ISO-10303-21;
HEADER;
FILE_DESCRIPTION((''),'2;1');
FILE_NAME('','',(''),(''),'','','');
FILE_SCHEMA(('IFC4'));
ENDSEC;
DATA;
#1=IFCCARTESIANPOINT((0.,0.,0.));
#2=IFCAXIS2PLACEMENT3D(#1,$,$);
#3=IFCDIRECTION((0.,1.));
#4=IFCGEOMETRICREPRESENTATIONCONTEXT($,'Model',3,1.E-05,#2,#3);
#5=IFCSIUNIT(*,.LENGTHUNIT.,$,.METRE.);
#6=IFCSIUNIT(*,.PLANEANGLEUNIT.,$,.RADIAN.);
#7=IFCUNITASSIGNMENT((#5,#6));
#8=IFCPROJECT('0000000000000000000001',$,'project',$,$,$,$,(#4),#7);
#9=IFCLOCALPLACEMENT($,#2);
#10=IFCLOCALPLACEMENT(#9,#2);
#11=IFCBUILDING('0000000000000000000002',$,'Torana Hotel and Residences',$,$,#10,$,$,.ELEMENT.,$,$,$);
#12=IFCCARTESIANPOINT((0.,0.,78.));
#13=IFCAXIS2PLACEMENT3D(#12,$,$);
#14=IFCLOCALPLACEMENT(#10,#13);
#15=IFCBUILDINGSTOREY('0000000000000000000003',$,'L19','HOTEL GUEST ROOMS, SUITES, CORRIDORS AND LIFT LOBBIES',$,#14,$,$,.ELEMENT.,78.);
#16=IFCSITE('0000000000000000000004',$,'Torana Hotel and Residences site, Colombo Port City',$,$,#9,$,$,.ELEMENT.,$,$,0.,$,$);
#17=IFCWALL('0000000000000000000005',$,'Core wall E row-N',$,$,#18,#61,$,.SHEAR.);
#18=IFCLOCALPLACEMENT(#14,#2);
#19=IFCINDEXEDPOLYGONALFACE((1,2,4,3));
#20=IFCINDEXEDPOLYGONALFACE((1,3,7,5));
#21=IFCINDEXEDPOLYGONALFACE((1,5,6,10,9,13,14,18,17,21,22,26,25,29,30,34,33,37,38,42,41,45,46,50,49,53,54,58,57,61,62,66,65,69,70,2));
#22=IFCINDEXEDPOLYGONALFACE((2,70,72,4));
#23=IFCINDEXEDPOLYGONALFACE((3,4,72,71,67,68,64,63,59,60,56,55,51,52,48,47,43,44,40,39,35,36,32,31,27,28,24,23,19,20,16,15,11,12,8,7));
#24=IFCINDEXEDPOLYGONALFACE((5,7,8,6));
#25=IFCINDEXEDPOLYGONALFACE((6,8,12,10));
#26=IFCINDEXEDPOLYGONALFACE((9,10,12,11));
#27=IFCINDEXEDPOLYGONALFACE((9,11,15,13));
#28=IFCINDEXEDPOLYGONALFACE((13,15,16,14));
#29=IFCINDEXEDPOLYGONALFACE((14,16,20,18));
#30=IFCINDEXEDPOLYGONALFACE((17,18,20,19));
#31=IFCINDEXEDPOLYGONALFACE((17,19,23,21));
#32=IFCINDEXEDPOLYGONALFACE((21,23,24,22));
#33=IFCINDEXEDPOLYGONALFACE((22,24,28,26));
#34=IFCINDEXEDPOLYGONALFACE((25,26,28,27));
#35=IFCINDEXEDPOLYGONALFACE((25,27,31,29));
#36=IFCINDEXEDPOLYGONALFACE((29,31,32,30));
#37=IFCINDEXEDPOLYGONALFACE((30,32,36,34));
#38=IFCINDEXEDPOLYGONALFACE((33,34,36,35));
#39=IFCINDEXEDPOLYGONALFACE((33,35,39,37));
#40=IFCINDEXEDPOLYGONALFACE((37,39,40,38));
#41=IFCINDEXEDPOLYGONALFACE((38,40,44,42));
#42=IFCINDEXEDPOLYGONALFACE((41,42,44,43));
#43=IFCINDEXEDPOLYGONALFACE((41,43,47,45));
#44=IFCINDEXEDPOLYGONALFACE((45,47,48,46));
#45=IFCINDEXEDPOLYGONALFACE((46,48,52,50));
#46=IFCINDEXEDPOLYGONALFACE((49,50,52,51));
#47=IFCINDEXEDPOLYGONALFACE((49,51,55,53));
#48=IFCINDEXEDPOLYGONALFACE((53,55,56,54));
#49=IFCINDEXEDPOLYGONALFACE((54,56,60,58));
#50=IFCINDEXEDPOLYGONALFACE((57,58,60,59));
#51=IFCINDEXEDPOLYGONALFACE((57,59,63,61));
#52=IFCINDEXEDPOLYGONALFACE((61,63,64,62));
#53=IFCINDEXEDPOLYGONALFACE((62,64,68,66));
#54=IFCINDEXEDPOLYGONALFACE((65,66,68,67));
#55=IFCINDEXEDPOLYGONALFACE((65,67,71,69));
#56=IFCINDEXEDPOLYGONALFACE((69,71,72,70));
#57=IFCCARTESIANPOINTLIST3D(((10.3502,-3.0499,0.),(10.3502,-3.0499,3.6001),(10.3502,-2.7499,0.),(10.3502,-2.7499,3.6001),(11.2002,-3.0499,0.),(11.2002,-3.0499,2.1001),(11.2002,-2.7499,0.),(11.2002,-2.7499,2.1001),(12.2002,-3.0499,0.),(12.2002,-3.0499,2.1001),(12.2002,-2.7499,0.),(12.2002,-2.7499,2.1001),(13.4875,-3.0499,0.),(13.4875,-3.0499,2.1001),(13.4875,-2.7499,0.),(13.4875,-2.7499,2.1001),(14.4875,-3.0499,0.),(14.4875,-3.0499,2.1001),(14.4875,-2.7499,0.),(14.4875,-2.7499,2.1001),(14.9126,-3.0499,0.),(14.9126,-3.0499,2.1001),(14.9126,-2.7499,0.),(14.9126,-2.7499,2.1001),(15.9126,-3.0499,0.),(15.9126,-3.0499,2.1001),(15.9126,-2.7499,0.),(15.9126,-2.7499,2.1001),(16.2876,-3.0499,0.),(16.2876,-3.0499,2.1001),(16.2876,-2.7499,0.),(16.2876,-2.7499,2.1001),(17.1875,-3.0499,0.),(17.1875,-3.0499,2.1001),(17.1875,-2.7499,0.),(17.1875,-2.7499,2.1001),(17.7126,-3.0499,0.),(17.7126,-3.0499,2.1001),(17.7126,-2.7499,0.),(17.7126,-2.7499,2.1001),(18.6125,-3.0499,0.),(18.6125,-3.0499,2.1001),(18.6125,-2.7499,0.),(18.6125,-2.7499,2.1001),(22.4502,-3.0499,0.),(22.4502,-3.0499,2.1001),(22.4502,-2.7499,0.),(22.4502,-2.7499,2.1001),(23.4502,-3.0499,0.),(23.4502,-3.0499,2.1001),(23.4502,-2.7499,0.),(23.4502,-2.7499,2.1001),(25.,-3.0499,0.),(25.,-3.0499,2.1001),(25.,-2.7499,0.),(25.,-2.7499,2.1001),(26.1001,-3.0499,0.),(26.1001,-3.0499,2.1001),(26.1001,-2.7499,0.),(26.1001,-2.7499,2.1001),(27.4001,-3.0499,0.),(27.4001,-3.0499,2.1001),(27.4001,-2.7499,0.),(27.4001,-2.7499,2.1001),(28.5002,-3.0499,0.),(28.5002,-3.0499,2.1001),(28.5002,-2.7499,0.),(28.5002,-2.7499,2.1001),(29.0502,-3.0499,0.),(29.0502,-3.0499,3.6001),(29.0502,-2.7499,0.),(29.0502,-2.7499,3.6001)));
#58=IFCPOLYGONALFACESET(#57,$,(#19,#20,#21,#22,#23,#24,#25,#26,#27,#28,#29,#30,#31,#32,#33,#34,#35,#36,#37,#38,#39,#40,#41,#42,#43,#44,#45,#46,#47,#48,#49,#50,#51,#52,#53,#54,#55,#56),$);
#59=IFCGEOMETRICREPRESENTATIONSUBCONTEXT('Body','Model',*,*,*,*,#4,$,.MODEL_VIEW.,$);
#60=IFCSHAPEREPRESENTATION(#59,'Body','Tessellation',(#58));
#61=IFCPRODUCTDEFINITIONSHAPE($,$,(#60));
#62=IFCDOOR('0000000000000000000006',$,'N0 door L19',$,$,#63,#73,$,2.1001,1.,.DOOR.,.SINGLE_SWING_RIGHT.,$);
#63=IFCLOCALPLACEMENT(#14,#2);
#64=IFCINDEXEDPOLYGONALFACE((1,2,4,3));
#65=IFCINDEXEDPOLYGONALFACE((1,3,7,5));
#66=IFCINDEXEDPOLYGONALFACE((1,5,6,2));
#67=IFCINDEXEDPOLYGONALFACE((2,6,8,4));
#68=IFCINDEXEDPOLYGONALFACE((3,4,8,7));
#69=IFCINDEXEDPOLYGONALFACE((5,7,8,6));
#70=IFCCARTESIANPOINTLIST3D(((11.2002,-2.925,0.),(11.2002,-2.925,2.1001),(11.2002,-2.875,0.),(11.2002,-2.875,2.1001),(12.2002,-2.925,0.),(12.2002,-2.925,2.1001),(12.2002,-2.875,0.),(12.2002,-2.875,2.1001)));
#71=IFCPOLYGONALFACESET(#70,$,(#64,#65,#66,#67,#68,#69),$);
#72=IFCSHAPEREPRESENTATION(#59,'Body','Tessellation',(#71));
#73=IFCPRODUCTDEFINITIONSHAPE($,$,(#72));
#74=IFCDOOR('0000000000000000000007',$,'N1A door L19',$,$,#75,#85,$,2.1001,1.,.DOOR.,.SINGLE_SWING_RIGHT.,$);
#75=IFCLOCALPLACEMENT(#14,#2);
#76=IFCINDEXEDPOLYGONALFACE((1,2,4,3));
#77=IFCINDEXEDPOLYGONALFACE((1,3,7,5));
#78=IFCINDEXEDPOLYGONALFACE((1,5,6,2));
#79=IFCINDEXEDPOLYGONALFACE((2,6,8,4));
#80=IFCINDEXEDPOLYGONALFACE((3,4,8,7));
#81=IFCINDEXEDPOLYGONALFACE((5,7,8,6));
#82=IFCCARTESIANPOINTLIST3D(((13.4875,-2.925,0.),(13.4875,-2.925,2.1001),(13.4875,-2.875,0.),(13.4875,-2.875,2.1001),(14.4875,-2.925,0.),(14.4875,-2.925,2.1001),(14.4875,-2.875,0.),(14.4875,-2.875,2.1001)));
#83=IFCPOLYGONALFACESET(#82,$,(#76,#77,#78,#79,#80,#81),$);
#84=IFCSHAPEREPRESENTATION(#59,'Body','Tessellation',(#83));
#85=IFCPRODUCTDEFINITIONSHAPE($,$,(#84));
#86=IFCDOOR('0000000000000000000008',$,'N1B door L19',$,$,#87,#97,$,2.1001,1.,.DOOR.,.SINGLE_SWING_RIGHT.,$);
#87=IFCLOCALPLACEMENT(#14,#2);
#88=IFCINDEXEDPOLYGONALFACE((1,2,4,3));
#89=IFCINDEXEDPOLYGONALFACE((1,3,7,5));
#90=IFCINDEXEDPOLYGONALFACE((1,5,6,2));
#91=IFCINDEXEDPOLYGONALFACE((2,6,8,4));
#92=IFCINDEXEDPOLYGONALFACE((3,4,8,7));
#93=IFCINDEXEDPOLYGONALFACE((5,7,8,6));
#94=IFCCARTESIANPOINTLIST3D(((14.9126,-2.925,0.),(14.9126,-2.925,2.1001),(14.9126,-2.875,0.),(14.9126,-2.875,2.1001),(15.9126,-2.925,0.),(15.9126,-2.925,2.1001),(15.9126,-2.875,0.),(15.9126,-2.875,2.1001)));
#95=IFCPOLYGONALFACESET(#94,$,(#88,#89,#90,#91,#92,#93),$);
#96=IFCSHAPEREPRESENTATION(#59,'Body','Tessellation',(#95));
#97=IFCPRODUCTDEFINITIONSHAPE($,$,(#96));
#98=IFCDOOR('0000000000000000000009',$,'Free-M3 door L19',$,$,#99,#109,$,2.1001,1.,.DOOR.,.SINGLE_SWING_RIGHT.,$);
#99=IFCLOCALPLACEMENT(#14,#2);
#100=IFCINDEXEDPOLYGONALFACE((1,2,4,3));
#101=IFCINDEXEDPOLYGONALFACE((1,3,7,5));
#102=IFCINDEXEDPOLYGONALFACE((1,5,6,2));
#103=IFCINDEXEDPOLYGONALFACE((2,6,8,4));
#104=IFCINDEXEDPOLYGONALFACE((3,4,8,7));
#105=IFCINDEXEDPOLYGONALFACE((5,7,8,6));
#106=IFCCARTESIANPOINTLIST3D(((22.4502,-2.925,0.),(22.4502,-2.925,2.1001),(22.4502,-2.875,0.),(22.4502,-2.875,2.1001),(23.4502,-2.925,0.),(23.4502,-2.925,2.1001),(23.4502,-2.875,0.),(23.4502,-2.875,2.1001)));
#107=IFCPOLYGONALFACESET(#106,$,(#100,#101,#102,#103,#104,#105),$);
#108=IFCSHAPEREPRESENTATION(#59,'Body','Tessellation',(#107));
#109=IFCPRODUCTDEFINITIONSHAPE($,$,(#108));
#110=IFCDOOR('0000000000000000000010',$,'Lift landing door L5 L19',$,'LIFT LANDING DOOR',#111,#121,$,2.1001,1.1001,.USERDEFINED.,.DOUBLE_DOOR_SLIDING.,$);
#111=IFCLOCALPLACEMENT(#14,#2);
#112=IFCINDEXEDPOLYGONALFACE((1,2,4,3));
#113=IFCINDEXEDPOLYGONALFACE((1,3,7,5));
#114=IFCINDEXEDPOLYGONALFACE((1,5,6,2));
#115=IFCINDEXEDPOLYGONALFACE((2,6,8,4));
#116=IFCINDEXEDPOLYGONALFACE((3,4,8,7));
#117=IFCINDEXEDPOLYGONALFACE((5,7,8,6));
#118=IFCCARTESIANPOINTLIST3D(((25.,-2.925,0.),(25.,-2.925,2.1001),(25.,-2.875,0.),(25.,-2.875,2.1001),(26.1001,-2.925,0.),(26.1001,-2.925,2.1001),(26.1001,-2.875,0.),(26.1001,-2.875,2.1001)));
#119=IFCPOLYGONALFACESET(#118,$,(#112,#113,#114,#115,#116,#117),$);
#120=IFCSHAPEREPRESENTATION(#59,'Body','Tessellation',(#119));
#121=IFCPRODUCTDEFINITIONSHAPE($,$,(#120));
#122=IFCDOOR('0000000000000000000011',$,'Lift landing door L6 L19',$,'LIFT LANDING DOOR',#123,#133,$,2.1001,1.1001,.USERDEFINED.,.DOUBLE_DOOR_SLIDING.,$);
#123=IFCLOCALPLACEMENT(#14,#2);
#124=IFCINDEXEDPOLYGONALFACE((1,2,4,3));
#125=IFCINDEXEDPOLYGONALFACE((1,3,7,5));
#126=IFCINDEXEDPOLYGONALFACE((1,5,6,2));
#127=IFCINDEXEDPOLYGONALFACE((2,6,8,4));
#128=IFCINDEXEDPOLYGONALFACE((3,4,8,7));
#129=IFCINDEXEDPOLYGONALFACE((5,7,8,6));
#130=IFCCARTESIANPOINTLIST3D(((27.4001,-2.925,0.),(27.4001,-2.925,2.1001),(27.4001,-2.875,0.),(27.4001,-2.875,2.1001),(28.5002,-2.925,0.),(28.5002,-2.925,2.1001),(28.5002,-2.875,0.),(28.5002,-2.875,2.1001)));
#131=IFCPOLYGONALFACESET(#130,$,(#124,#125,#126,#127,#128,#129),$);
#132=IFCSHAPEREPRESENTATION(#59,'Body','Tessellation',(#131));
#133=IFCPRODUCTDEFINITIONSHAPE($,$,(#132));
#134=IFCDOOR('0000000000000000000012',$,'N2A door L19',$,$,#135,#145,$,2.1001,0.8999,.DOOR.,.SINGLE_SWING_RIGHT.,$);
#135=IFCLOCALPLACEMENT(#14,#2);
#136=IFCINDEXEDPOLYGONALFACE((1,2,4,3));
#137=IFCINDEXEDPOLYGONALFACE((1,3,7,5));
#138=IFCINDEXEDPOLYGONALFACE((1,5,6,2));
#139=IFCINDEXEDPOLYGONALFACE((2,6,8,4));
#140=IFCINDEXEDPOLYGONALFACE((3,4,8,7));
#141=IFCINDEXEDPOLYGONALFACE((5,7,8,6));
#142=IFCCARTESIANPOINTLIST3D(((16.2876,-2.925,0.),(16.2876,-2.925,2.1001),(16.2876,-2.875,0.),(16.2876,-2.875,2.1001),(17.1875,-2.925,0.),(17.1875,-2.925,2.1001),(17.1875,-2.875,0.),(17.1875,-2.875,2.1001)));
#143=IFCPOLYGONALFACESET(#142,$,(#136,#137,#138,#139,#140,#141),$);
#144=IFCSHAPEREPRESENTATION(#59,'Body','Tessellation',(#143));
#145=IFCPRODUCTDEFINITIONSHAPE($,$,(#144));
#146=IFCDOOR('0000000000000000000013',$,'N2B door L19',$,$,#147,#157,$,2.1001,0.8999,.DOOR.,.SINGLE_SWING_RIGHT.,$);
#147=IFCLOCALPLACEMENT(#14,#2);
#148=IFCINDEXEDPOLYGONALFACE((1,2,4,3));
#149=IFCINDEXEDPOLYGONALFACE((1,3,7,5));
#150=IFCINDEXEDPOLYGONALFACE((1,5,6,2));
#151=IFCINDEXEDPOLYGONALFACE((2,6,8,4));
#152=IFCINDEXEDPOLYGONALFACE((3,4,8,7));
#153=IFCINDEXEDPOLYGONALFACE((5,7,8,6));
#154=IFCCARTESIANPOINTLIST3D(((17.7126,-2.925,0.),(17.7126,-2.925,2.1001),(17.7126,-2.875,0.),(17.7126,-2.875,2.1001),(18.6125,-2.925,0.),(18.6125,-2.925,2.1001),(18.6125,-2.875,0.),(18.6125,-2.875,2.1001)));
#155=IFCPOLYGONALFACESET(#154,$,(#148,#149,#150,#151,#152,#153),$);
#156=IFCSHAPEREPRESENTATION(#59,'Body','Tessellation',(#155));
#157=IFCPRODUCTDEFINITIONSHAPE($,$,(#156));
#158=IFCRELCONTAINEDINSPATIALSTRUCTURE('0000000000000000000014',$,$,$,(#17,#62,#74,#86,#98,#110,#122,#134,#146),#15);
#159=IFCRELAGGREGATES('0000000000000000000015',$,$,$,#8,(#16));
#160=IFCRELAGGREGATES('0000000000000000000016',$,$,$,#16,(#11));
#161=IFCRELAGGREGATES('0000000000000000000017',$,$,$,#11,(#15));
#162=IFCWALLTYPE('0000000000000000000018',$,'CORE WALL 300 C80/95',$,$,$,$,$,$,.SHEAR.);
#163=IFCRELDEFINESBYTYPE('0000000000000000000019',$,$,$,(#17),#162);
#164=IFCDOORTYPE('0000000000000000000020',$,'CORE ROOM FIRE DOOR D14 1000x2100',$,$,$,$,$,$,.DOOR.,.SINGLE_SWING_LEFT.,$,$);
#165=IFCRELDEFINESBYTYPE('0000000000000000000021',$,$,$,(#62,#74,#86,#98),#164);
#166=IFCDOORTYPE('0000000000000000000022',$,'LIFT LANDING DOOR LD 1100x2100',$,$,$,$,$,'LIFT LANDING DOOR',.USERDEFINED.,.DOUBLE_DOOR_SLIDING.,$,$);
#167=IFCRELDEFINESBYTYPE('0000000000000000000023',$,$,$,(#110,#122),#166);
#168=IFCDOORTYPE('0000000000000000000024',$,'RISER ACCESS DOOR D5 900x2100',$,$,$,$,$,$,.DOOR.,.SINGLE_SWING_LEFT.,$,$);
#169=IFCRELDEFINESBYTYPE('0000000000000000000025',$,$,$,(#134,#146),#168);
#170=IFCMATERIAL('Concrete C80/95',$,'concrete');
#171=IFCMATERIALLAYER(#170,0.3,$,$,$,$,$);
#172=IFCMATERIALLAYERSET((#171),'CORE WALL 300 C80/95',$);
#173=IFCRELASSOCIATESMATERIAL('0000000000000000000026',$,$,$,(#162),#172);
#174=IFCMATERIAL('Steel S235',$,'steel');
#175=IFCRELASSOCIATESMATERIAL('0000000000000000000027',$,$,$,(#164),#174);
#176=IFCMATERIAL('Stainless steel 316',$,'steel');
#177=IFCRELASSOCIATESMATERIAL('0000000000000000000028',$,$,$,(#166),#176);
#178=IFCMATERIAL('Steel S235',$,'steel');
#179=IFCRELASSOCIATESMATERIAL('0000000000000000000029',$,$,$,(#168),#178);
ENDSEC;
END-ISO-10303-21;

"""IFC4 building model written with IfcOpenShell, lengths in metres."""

from ifc_helpers import new_model, si_unit, direction, frame, frame_2d, origin, place, context, subcontext, project, spatial, rectangle, extrude, material, layer, layer_set, type_object, element, fill, save


model = new_model("IFC4")

# Units and contexts
model_context = context("Model", 3, precision=1e-05, world=origin(), true_north=direction((0.0, 1.0)))
body_context = subcontext(model_context, "Body", "Model", "MODEL_VIEW")
ifc_project = project(units=[si_unit("LENGTHUNIT", "METRE"), si_unit("PLANEANGLEUNIT", "RADIAN")], contexts=[model_context])

# Site, building, storey
site_placement = place(None, origin())
site = spatial("IfcSite", under=ifc_project, at=site_placement, Name="Torana Hotel and Residences site, Colombo Port City", CompositionType="ELEMENT", RefElevation=0.0)
building_placement = place(site_placement, origin())
building = spatial("IfcBuilding", under=site, at=building_placement, Name="Torana Hotel and Residences", CompositionType="ELEMENT")
storey_placement = place(building_placement, frame((0.0, 0.0, 78.0)))
storey = spatial("IfcBuildingStorey", under=building, at=storey_placement, Name="L19", Description="HOTEL GUEST ROOMS, SUITES, CORRIDORS AND LIFT LOBBIES", CompositionType="ELEMENT", Elevation=78.0)

# Wall, openings, doors
ifc_material_1 = material(Name="Concrete C80/95", Category="concrete")
ifc_layer_1 = layer(ifc_material_1, 0.3)
ifc_layer_set_1 = layer_set([ifc_layer_1], Name="CORE WALL 300 C80/95")
wall_type_1 = type_object("IfcWallType", Name="CORE WALL 300 C80/95", PredefinedType="SHEAR", material=ifc_layer_set_1)
wall_1_placement = place(storey_placement, frame((10.3501, -2.8999, 0.0), z_axis=(0.0, 0.0, 1.0), x_axis=(1.0, 0.0, 0.0)))
wall_1 = element("IfcWall", 1, at=wall_1_placement, inside=storey, type_object=wall_type_1, Name="Core wall E row-N", PredefinedType="SHEAR", context=body_context, shape_type="SweptSolid", body=[
    extrude(rectangle(XDim=18.7, YDim=0.3, at=frame_2d((9.3501, 0.0))), origin(), (0.0, 0.0, 1.0), 3.6001),
])
opening_1_placement = place(wall_1_placement, frame((14.6499, 0.0, 0.0)))
opening_1 = element("IfcOpeningElement", 2, at=opening_1_placement, cuts=wall_1, PredefinedType="OPENING", context=body_context, shape_type="SweptSolid", body=[
    extrude(rectangle(XDim=1.1001, YDim=2.1001, at=frame_2d((0.55, 1.05))), frame((0.0, 0.1599, 0.0), z_axis=(0.0, -1.0, 0.0), x_axis=(1.0, 0.0, 0.0)), (0.0, 0.0, 1.0), 0.3201),
])
opening_2_placement = place(wall_1_placement, frame((17.05, 0.0, 0.0)))
opening_2 = element("IfcOpeningElement", 3, at=opening_2_placement, cuts=wall_1, PredefinedType="OPENING", context=body_context, shape_type="SweptSolid", body=[
    extrude(rectangle(XDim=1.1001, YDim=2.1001, at=frame_2d((0.55, 1.05))), frame((0.0, 0.1599, 0.0), z_axis=(0.0, -1.0, 0.0), x_axis=(1.0, 0.0, 0.0)), (0.0, 0.0, 1.0), 0.3201),
])
opening_3_placement = place(wall_1_placement, frame((5.9375, 0.0, 0.0)))
opening_3 = element("IfcOpeningElement", 4, at=opening_3_placement, cuts=wall_1, PredefinedType="OPENING", context=body_context, shape_type="SweptSolid", body=[
    extrude(rectangle(XDim=0.8999, YDim=2.1001, at=frame_2d((0.45, 1.05))), frame((0.0, 0.1599, 0.0), z_axis=(0.0, -1.0, 0.0), x_axis=(1.0, 0.0, 0.0)), (0.0, 0.0, 1.0), 0.3201),
])
opening_4_placement = place(wall_1_placement, frame((7.3625, 0.0, 0.0)))
opening_4 = element("IfcOpeningElement", 5, at=opening_4_placement, cuts=wall_1, PredefinedType="OPENING", context=body_context, shape_type="SweptSolid", body=[
    extrude(rectangle(XDim=0.8999, YDim=2.1001, at=frame_2d((0.45, 1.05))), frame((0.0, 0.1599, 0.0), z_axis=(0.0, -1.0, 0.0), x_axis=(1.0, 0.0, 0.0)), (0.0, 0.0, 1.0), 0.3201),
])
opening_5_placement = place(wall_1_placement, frame((0.8501, 0.0, 0.0)))
opening_5 = element("IfcOpeningElement", 6, at=opening_5_placement, cuts=wall_1, PredefinedType="OPENING", context=body_context, shape_type="SweptSolid", body=[
    extrude(rectangle(XDim=1.0, YDim=2.1001, at=frame_2d((0.5, 1.05))), frame((0.0, 0.1599, 0.0), z_axis=(0.0, -1.0, 0.0), x_axis=(1.0, 0.0, 0.0)), (0.0, 0.0, 1.0), 0.3201),
])
opening_6_placement = place(wall_1_placement, frame((3.1375, 0.0, 0.0)))
opening_6 = element("IfcOpeningElement", 7, at=opening_6_placement, cuts=wall_1, PredefinedType="OPENING", context=body_context, shape_type="SweptSolid", body=[
    extrude(rectangle(XDim=1.0, YDim=2.1001, at=frame_2d((0.5, 1.05))), frame((0.0, 0.1599, 0.0), z_axis=(0.0, -1.0, 0.0), x_axis=(1.0, 0.0, 0.0)), (0.0, 0.0, 1.0), 0.3201),
])
opening_7_placement = place(wall_1_placement, frame((4.5625, 0.0, 0.0)))
opening_7 = element("IfcOpeningElement", 8, at=opening_7_placement, cuts=wall_1, PredefinedType="OPENING", context=body_context, shape_type="SweptSolid", body=[
    extrude(rectangle(XDim=1.0, YDim=2.1001, at=frame_2d((0.5, 1.05))), frame((0.0, 0.1599, 0.0), z_axis=(0.0, -1.0, 0.0), x_axis=(1.0, 0.0, 0.0)), (0.0, 0.0, 1.0), 0.3201),
])
opening_8_placement = place(wall_1_placement, frame((12.1001, 0.0, 0.0)))
opening_8 = element("IfcOpeningElement", 9, at=opening_8_placement, cuts=wall_1, PredefinedType="OPENING", context=body_context, shape_type="SweptSolid", body=[
    extrude(rectangle(XDim=1.0, YDim=2.1001, at=frame_2d((0.5, 1.05))), frame((0.0, 0.1599, 0.0), z_axis=(0.0, -1.0, 0.0), x_axis=(1.0, 0.0, 0.0)), (0.0, 0.0, 1.0), 0.3201),
])
ifc_material_2 = material(Name="Steel S235", Category="steel")
door_type_1 = type_object("IfcDoorType", Name="CORE ROOM FIRE DOOR D14 1000x2100", OperationType="SINGLE_SWING_LEFT", PredefinedType="DOOR", material=ifc_material_2)
door_1_placement = place(opening_5_placement, origin())
door_1 = element("IfcDoor", 10, at=door_1_placement, inside=storey, type_object=door_type_1, Name="N0 door L19", OperationType="SINGLE_SWING_RIGHT", OverallHeight=2.1001, OverallWidth=1.0, PredefinedType="DOOR", context=body_context, shape_type="SweptSolid", body=[
    extrude(rectangle(XDim=1.0, YDim=2.1001, at=frame_2d((0.5, 1.05))), frame((0.0, 0.0249, 0.0), z_axis=(0.0, -1.0, 0.0), x_axis=(1.0, 0.0, 0.0)), (0.0, 0.0, 1.0), 0.05),
])
fill(opening_5, door_1)
door_2_placement = place(opening_6_placement, origin())
door_2 = element("IfcDoor", 11, at=door_2_placement, inside=storey, type_object=door_type_1, Name="N1A door L19", OperationType="SINGLE_SWING_RIGHT", OverallHeight=2.1001, OverallWidth=1.0, PredefinedType="DOOR", context=body_context, shape_type="SweptSolid", body=[
    extrude(rectangle(XDim=1.0, YDim=2.1001, at=frame_2d((0.5, 1.05))), frame((0.0, 0.0249, 0.0), z_axis=(0.0, -1.0, 0.0), x_axis=(1.0, 0.0, 0.0)), (0.0, 0.0, 1.0), 0.05),
])
fill(opening_6, door_2)
door_3_placement = place(opening_7_placement, origin())
door_3 = element("IfcDoor", 12, at=door_3_placement, inside=storey, type_object=door_type_1, Name="N1B door L19", OperationType="SINGLE_SWING_RIGHT", OverallHeight=2.1001, OverallWidth=1.0, PredefinedType="DOOR", context=body_context, shape_type="SweptSolid", body=[
    extrude(rectangle(XDim=1.0, YDim=2.1001, at=frame_2d((0.5, 1.05))), frame((0.0, 0.0249, 0.0), z_axis=(0.0, -1.0, 0.0), x_axis=(1.0, 0.0, 0.0)), (0.0, 0.0, 1.0), 0.05),
])
fill(opening_7, door_3)
door_4_placement = place(opening_8_placement, origin())
door_4 = element("IfcDoor", 13, at=door_4_placement, inside=storey, type_object=door_type_1, Name="Free-M3 door L19", OperationType="SINGLE_SWING_RIGHT", OverallHeight=2.1001, OverallWidth=1.0, PredefinedType="DOOR", context=body_context, shape_type="SweptSolid", body=[
    extrude(rectangle(XDim=1.0, YDim=2.1001, at=frame_2d((0.5, 1.05))), frame((0.0, 0.0249, 0.0), z_axis=(0.0, -1.0, 0.0), x_axis=(1.0, 0.0, 0.0)), (0.0, 0.0, 1.0), 0.05),
])
fill(opening_8, door_4)
ifc_material_3 = material(Name="Stainless steel 316", Category="steel")
door_type_2 = type_object("IfcDoorType", Name="LIFT LANDING DOOR LD 1100x2100", ElementType="LIFT LANDING DOOR", OperationType="DOUBLE_DOOR_SLIDING", PredefinedType="USERDEFINED", material=ifc_material_3)
door_5_placement = place(opening_1_placement, origin())
door_5 = element("IfcDoor", 14, at=door_5_placement, inside=storey, type_object=door_type_2, Name="Lift landing door L5 L19", ObjectType="LIFT LANDING DOOR", OperationType="DOUBLE_DOOR_SLIDING", OverallHeight=2.1001, OverallWidth=1.1001, PredefinedType="USERDEFINED", context=body_context, shape_type="SweptSolid", body=[
    extrude(rectangle(XDim=1.1001, YDim=2.1001, at=frame_2d((0.55, 1.05))), frame((0.0, 0.0249, 0.0), z_axis=(0.0, -1.0, 0.0), x_axis=(1.0, 0.0, 0.0)), (0.0, 0.0, 1.0), 0.05),
])
fill(opening_1, door_5)
door_6_placement = place(opening_2_placement, origin())
door_6 = element("IfcDoor", 15, at=door_6_placement, inside=storey, type_object=door_type_2, Name="Lift landing door L6 L19", ObjectType="LIFT LANDING DOOR", OperationType="DOUBLE_DOOR_SLIDING", OverallHeight=2.1001, OverallWidth=1.1001, PredefinedType="USERDEFINED", context=body_context, shape_type="SweptSolid", body=[
    extrude(rectangle(XDim=1.1001, YDim=2.1001, at=frame_2d((0.55, 1.05))), frame((0.0, 0.0249, 0.0), z_axis=(0.0, -1.0, 0.0), x_axis=(1.0, 0.0, 0.0)), (0.0, 0.0, 1.0), 0.05),
])
fill(opening_2, door_6)
ifc_material_4 = material(Name="Steel S235", Category="steel")
door_type_3 = type_object("IfcDoorType", Name="RISER ACCESS DOOR D5 900x2100", OperationType="SINGLE_SWING_LEFT", PredefinedType="DOOR", material=ifc_material_4)
door_7_placement = place(opening_3_placement, origin())
door_7 = element("IfcDoor", 16, at=door_7_placement, inside=storey, type_object=door_type_3, Name="N2A door L19", OperationType="SINGLE_SWING_RIGHT", OverallHeight=2.1001, OverallWidth=0.8999, PredefinedType="DOOR", context=body_context, shape_type="SweptSolid", body=[
    extrude(rectangle(XDim=0.8999, YDim=2.1001, at=frame_2d((0.45, 1.05))), frame((0.0, 0.0249, 0.0), z_axis=(0.0, -1.0, 0.0), x_axis=(1.0, 0.0, 0.0)), (0.0, 0.0, 1.0), 0.05),
])
fill(opening_3, door_7)
door_8_placement = place(opening_4_placement, origin())
door_8 = element("IfcDoor", 17, at=door_8_placement, inside=storey, type_object=door_type_3, Name="N2B door L19", OperationType="SINGLE_SWING_RIGHT", OverallHeight=2.1001, OverallWidth=0.8999, PredefinedType="DOOR", context=body_context, shape_type="SweptSolid", body=[
    extrude(rectangle(XDim=0.8999, YDim=2.1001, at=frame_2d((0.45, 1.05))), frame((0.0, 0.0249, 0.0), z_axis=(0.0, -1.0, 0.0), x_axis=(1.0, 0.0, 0.0)), (0.0, 0.0, 1.0), 0.05),
])
fill(opening_4, door_8)

save(model, "model.ifc")
